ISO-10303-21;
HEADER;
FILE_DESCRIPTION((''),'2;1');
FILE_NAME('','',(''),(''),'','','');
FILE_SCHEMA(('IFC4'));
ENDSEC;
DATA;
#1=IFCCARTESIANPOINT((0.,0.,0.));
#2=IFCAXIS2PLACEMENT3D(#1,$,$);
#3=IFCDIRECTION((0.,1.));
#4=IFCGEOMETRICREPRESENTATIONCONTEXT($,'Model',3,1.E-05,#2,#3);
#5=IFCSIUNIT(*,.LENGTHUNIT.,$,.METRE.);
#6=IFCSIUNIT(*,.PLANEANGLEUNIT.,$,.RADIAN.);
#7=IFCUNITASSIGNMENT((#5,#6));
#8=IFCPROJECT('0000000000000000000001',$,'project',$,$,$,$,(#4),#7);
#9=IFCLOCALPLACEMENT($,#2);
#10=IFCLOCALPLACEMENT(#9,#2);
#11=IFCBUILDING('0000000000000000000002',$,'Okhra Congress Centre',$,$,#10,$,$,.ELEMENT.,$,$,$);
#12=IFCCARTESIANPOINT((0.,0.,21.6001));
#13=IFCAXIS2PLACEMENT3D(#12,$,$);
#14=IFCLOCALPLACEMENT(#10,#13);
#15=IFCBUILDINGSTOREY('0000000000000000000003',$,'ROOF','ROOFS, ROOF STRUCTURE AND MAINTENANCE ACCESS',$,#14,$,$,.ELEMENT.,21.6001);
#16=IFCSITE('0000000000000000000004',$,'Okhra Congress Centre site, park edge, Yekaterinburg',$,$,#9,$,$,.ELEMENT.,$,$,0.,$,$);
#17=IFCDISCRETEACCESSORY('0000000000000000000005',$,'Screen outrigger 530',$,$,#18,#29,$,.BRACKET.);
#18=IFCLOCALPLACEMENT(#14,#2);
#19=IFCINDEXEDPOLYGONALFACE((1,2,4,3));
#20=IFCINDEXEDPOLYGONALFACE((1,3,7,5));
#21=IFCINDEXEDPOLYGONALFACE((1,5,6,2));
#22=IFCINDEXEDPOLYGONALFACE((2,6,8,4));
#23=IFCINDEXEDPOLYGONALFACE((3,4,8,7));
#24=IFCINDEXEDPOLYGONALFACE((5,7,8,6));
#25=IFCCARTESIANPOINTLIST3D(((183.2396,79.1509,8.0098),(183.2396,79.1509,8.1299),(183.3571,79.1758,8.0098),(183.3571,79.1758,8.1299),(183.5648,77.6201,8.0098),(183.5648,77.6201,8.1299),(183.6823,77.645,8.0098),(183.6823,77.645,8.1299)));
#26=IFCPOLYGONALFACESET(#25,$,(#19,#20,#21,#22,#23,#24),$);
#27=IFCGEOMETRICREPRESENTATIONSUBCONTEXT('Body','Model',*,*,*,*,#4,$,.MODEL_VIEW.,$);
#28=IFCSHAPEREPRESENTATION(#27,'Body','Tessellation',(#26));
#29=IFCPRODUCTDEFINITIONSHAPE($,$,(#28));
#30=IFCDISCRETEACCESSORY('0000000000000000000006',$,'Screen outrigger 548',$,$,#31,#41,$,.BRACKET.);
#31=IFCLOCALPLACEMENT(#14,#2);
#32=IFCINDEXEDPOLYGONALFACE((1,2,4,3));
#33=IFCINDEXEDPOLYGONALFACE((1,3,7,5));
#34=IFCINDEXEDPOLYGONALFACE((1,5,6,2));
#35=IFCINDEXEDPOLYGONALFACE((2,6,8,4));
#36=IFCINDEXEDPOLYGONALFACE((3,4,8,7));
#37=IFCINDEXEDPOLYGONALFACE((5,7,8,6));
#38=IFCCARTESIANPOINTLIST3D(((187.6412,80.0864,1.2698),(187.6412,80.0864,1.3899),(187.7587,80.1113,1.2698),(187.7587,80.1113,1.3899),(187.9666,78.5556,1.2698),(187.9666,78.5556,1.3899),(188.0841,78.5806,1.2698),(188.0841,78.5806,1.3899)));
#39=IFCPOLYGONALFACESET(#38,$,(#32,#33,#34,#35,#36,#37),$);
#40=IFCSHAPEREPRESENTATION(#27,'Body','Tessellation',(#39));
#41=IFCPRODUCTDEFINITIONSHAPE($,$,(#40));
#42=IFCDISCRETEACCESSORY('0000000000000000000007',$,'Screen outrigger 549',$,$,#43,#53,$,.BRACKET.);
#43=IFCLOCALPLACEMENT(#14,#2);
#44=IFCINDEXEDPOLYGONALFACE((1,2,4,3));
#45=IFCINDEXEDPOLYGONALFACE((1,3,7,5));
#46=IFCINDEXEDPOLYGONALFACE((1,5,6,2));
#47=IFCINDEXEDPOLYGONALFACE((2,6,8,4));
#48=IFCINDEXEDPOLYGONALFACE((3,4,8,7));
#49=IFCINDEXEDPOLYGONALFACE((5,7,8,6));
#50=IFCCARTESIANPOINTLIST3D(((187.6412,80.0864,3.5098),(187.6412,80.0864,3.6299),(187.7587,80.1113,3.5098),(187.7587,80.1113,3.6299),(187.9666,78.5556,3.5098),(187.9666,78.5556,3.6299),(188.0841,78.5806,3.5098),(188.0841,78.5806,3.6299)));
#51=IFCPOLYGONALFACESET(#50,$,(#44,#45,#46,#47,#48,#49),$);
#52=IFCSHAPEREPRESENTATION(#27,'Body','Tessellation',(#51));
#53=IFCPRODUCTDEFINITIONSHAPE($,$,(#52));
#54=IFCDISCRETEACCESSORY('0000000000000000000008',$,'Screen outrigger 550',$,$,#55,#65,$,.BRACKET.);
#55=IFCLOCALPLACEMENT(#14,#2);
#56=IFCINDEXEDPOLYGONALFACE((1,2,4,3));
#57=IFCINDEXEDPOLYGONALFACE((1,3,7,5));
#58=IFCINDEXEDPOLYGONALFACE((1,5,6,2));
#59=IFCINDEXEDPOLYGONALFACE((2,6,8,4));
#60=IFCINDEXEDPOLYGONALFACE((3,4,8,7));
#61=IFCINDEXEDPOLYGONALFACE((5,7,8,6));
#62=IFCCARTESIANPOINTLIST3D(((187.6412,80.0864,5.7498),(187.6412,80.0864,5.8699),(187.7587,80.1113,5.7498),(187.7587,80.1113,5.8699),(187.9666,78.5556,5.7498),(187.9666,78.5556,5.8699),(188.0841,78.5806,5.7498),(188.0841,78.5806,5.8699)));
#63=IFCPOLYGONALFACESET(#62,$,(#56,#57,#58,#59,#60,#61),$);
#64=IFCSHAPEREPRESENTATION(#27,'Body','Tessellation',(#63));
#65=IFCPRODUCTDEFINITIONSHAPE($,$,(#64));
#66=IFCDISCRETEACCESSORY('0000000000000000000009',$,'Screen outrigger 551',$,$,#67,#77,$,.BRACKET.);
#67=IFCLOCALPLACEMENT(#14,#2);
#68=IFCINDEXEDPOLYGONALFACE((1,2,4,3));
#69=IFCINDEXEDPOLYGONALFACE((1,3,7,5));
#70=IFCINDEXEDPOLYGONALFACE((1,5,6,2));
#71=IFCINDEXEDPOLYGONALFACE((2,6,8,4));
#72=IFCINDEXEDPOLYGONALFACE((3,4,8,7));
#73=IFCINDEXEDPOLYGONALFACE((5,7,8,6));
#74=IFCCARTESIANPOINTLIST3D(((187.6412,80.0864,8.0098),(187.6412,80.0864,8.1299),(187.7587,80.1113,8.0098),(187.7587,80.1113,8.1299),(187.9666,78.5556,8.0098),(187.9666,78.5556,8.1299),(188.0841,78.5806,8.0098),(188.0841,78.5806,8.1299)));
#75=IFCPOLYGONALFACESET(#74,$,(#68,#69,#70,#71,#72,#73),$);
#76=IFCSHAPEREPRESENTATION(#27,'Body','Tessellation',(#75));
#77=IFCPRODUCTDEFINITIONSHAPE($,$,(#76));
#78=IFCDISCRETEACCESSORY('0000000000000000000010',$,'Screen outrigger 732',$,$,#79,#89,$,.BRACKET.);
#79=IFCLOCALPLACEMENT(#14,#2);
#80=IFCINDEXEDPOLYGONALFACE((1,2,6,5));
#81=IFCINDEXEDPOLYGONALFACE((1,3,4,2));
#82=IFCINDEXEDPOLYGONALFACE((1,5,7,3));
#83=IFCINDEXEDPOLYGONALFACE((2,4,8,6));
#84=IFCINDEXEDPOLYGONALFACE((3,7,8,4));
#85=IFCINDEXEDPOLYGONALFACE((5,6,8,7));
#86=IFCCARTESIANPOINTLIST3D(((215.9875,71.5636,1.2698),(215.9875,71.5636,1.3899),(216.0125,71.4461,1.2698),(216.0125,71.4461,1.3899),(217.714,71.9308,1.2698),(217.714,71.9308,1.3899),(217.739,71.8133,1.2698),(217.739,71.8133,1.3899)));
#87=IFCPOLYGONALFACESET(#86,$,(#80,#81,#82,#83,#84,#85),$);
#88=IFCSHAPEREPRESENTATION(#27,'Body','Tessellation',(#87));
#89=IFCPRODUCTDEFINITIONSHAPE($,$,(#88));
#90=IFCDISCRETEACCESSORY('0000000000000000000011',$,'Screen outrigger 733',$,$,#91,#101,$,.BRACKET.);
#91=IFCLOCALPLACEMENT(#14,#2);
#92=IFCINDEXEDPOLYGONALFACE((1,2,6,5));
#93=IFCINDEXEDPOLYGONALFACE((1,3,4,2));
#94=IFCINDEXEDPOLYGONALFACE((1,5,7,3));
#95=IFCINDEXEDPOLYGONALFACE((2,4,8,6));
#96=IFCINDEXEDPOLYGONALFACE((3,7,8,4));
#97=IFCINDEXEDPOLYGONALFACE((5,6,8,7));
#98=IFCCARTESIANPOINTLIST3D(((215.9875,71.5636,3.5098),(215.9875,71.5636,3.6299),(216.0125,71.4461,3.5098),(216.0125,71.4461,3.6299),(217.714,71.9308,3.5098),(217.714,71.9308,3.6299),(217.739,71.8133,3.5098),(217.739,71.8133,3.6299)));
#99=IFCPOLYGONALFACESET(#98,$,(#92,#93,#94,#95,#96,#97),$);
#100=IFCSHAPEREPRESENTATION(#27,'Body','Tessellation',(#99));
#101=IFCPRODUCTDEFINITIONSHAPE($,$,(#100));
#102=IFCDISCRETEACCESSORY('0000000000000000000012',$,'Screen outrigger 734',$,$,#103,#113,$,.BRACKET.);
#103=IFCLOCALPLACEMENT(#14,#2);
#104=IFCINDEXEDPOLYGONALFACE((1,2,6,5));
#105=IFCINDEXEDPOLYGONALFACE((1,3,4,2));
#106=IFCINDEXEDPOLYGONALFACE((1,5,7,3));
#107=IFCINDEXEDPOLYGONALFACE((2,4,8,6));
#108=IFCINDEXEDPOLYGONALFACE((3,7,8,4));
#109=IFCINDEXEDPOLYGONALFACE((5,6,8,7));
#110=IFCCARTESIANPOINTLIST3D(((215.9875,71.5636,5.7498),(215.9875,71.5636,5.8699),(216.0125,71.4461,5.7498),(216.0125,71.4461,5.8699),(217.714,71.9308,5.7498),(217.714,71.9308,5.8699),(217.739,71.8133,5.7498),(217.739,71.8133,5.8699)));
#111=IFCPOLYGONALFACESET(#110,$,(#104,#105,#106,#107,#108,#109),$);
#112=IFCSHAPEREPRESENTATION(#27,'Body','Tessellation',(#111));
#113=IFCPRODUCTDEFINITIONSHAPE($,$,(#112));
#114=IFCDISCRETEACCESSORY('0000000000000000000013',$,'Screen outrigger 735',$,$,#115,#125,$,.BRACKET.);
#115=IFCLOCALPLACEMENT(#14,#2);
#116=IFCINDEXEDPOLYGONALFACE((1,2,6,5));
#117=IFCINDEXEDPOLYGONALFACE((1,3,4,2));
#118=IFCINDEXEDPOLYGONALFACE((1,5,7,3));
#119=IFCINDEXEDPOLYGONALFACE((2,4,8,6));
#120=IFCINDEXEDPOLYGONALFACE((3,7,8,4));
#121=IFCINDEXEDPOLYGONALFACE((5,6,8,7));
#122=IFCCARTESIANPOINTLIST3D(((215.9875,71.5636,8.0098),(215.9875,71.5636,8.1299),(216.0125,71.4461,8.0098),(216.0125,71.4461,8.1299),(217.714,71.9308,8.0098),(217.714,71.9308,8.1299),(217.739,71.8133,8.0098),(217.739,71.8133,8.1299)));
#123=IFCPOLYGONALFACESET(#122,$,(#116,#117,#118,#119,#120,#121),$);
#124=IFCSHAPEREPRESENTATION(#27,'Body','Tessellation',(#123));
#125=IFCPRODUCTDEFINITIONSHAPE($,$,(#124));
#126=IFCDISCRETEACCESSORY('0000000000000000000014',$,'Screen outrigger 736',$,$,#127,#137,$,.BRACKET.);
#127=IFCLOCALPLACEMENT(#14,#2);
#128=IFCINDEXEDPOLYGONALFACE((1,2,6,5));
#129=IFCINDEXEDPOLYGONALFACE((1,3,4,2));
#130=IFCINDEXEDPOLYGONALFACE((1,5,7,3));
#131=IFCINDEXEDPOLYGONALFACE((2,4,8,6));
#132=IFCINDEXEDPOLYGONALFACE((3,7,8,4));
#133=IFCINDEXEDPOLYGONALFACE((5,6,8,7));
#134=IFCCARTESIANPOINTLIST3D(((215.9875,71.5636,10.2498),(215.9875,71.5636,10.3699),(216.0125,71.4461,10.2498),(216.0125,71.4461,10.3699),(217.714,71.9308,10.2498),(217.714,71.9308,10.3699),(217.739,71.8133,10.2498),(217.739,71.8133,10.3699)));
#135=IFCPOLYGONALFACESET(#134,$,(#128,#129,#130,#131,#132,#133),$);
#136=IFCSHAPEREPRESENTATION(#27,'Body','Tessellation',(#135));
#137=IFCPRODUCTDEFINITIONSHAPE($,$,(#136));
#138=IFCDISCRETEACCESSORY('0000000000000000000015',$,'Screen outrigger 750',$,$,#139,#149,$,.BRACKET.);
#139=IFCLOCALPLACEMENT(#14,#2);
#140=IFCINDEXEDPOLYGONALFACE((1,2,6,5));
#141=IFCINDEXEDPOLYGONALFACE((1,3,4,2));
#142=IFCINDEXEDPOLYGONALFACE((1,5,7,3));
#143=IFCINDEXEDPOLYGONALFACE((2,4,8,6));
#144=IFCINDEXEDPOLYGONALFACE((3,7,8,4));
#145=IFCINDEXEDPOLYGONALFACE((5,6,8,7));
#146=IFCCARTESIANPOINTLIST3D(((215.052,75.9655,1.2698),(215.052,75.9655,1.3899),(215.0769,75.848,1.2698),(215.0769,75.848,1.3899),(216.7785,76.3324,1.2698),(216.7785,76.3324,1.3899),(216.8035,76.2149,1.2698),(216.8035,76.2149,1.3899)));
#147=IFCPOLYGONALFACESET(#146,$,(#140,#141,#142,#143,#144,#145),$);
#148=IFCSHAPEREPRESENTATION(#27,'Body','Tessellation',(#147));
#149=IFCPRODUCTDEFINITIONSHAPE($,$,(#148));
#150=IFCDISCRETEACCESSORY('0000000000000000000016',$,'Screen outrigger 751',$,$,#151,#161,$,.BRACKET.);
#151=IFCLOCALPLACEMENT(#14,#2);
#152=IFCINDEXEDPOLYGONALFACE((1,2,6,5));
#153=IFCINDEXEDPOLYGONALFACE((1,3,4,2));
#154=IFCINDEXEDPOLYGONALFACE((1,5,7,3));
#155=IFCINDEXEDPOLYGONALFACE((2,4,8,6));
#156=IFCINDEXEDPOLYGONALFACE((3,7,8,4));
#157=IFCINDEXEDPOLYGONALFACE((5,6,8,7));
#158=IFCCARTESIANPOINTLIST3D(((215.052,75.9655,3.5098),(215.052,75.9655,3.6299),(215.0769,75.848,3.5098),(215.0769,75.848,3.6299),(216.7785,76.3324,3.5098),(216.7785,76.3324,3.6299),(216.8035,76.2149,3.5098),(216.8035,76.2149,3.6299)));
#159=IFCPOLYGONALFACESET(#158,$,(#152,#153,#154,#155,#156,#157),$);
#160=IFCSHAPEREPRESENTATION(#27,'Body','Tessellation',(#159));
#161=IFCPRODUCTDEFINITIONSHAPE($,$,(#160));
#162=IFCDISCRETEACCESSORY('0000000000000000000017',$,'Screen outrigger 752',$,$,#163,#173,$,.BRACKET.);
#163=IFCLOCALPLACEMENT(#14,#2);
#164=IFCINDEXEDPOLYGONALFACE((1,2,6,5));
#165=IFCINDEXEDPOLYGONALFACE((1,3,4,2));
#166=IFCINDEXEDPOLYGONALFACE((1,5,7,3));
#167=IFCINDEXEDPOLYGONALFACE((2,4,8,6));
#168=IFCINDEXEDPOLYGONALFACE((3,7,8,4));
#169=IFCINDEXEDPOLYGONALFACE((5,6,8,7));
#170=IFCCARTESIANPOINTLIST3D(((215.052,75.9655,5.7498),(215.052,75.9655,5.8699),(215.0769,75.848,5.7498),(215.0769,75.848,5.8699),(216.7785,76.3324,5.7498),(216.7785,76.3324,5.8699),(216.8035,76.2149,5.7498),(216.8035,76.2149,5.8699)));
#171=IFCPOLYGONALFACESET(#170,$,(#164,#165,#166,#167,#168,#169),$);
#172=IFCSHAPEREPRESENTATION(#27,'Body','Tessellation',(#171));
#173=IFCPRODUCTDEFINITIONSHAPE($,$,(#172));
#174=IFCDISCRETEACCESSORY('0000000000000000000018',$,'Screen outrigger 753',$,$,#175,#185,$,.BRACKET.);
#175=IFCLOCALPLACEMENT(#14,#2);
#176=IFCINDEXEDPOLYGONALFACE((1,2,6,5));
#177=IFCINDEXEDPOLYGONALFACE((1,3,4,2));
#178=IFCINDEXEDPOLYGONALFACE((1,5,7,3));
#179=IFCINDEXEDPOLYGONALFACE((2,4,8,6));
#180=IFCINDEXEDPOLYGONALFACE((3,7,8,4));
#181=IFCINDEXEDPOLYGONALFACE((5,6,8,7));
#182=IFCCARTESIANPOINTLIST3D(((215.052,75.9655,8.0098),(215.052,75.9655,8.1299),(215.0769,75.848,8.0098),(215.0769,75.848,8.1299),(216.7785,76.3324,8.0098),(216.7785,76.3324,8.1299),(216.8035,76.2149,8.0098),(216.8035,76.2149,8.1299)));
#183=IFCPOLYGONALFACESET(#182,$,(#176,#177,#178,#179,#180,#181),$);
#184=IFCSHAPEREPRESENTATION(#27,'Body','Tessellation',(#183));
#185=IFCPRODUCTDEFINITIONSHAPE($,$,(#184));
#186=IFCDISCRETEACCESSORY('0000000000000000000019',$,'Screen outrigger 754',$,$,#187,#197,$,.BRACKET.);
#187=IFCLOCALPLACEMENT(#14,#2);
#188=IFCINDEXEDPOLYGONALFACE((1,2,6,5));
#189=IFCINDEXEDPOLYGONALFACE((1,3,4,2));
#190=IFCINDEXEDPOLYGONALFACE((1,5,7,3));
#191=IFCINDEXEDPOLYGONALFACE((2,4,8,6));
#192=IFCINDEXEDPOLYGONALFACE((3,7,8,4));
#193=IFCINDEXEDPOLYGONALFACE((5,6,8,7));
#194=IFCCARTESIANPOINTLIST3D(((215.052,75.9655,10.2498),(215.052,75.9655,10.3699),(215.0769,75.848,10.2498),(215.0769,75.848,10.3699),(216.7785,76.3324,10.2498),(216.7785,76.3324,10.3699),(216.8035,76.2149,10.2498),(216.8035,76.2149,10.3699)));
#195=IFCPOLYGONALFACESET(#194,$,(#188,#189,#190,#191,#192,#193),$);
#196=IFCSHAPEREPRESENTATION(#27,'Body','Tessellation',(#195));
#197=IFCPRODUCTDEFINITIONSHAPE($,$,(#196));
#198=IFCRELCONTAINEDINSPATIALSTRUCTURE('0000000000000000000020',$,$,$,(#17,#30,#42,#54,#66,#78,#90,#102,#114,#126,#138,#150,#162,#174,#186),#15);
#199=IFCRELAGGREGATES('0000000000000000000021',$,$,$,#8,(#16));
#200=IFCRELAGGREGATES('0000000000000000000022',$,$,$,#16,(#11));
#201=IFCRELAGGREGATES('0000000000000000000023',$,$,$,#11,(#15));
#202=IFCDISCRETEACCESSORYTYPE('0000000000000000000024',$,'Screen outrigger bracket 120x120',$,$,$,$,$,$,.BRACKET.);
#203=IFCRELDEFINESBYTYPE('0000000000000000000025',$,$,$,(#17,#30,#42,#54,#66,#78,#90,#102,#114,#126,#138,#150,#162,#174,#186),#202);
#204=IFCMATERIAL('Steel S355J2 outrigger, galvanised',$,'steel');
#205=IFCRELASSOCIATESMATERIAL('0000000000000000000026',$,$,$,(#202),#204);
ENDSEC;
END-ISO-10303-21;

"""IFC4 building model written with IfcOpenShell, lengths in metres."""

from ifc_helpers import new_model, si_unit, direction, frame, origin, origin_2d, place, context, subcontext, project, spatial, rectangle, extrude, material, material_profile, profile_set, type_object, element, save


model = new_model("IFC4")

# Units and contexts
model_context = context("Model", 3, precision=1e-05, world=origin(), true_north=direction((0.0, 1.0)))
body_context = subcontext(model_context, "Body", "Model", "MODEL_VIEW")
ifc_project = project(units=[si_unit("LENGTHUNIT", "METRE"), si_unit("PLANEANGLEUNIT", "RADIAN")], contexts=[model_context])

# Site, building, storey
site_placement = place(None, origin())
site = spatial("IfcSite", under=ifc_project, at=site_placement, Name="Okhra Congress Centre site, park edge, Yekaterinburg", CompositionType="ELEMENT", RefElevation=0.0)
building_placement = place(site_placement, origin())
building = spatial("IfcBuilding", under=site, at=building_placement, Name="Okhra Congress Centre", CompositionType="ELEMENT")
storey_placement = place(building_placement, frame((0.0, 0.0, 21.6001)))
storey = spatial("IfcBuildingStorey", under=building, at=storey_placement, Name="ROOF", Description="ROOFS, ROOF STRUCTURE AND MAINTENANCE ACCESS", CompositionType="ELEMENT", Elevation=21.6001)

# Discrete accessories
ifc_material_1 = material(Name="Steel S355J2 outrigger, galvanised", Category="steel")
ifc_material_profile_1 = material_profile(ifc_material_1, rectangle(XDim=0.1201, YDim=0.1201, at=origin_2d()), Name="Screen outrigger bracket 120x120")
ifc_profile_set_1 = profile_set([ifc_material_profile_1], Name="Steel S355J2 outrigger, galvanised")
discrete_accessory_type = type_object("IfcDiscreteAccessoryType", Name="Screen outrigger bracket 120x120", PredefinedType="BRACKET", material=ifc_profile_set_1)
for number, where, z_axis, x_axis, name in (
    (1, (183.6235, 77.6326, 8.0698), (-0.207803, 0.978171, 0.0), (-0.978171, -0.207803, 0.0), "Screen outrigger 530"),
    (2, (188.0254, 78.5681, 1.3298), (-0.207952, 0.978139, 0.0), (-0.978139, -0.207952, 0.0), "Screen outrigger 548"),
    (3, (188.0254, 78.5681, 3.5698), (-0.207952, 0.978139, 0.0), (-0.978139, -0.207952, 0.0), "Screen outrigger 549"),
    (4, (188.0254, 78.5681, 5.8098), (-0.207952, 0.978139, 0.0), (-0.978139, -0.207952, 0.0), "Screen outrigger 550"),
    (5, (188.0254, 78.5681, 8.0698), (-0.207952, 0.978139, 0.0), (-0.978139, -0.207952, 0.0), "Screen outrigger 551"),
):
    element("IfcDiscreteAccessory", number, at=place(storey_placement, frame(where, z_axis=z_axis, x_axis=x_axis)), inside=storey, type_object=discrete_accessory_type, Name=name, PredefinedType="BRACKET", context=body_context, shape_type="SweptSolid", body=[
        extrude(rectangle(XDim=0.1201, YDim=0.1201, at=origin_2d()), origin(), (0.0, 0.0, 1.0), 1.5649),
    ])
for number, where, z_axis, x_axis, name in (
    (6, (216.0, 71.5049, 1.3298), (0.978125, 0.208018, 0.0), (-0.208018, 0.978125, 0.0), "Screen outrigger 732"),
    (7, (216.0, 71.5049, 3.5698), (0.978125, 0.208018, 0.0), (-0.208018, 0.978125, 0.0), "Screen outrigger 733"),
    (8, (216.0, 71.5049, 5.8098), (0.978125, 0.208018, 0.0), (-0.208018, 0.978125, 0.0), "Screen outrigger 734"),
    (9, (216.0, 71.5049, 8.0698), (0.978125, 0.208018, 0.0), (-0.208018, 0.978125, 0.0), "Screen outrigger 735"),
    (10, (216.0, 71.5049, 10.3098), (0.978125, 0.208018, 0.0), (-0.208018, 0.978125, 0.0), "Screen outrigger 736"),
    (11, (215.0645, 75.9067, 1.3298), (0.978153, 0.207885, 0.0), (-0.207885, 0.978153, 0.0), "Screen outrigger 750"),
    (12, (215.0645, 75.9067, 3.5698), (0.978153, 0.207885, 0.0), (-0.207885, 0.978153, 0.0), "Screen outrigger 751"),
    (13, (215.0645, 75.9067, 5.8098), (0.978153, 0.207885, 0.0), (-0.207885, 0.978153, 0.0), "Screen outrigger 752"),
    (14, (215.0645, 75.9067, 8.0698), (0.978153, 0.207885, 0.0), (-0.207885, 0.978153, 0.0), "Screen outrigger 753"),
    (15, (215.0645, 75.9067, 10.3098), (0.978153, 0.207885, 0.0), (-0.207885, 0.978153, 0.0), "Screen outrigger 754"),
):
    element("IfcDiscreteAccessory", number, at=place(storey_placement, frame(where, z_axis=z_axis, x_axis=x_axis)), inside=storey, type_object=discrete_accessory_type, Name=name, PredefinedType="BRACKET", context=body_context, shape_type="SweptSolid", body=[
        extrude(rectangle(XDim=0.1201, YDim=0.1201, at=origin_2d()), origin(), (0.0, 0.0, 1.0), 1.7651),
    ])

save(model, "model.ifc")
